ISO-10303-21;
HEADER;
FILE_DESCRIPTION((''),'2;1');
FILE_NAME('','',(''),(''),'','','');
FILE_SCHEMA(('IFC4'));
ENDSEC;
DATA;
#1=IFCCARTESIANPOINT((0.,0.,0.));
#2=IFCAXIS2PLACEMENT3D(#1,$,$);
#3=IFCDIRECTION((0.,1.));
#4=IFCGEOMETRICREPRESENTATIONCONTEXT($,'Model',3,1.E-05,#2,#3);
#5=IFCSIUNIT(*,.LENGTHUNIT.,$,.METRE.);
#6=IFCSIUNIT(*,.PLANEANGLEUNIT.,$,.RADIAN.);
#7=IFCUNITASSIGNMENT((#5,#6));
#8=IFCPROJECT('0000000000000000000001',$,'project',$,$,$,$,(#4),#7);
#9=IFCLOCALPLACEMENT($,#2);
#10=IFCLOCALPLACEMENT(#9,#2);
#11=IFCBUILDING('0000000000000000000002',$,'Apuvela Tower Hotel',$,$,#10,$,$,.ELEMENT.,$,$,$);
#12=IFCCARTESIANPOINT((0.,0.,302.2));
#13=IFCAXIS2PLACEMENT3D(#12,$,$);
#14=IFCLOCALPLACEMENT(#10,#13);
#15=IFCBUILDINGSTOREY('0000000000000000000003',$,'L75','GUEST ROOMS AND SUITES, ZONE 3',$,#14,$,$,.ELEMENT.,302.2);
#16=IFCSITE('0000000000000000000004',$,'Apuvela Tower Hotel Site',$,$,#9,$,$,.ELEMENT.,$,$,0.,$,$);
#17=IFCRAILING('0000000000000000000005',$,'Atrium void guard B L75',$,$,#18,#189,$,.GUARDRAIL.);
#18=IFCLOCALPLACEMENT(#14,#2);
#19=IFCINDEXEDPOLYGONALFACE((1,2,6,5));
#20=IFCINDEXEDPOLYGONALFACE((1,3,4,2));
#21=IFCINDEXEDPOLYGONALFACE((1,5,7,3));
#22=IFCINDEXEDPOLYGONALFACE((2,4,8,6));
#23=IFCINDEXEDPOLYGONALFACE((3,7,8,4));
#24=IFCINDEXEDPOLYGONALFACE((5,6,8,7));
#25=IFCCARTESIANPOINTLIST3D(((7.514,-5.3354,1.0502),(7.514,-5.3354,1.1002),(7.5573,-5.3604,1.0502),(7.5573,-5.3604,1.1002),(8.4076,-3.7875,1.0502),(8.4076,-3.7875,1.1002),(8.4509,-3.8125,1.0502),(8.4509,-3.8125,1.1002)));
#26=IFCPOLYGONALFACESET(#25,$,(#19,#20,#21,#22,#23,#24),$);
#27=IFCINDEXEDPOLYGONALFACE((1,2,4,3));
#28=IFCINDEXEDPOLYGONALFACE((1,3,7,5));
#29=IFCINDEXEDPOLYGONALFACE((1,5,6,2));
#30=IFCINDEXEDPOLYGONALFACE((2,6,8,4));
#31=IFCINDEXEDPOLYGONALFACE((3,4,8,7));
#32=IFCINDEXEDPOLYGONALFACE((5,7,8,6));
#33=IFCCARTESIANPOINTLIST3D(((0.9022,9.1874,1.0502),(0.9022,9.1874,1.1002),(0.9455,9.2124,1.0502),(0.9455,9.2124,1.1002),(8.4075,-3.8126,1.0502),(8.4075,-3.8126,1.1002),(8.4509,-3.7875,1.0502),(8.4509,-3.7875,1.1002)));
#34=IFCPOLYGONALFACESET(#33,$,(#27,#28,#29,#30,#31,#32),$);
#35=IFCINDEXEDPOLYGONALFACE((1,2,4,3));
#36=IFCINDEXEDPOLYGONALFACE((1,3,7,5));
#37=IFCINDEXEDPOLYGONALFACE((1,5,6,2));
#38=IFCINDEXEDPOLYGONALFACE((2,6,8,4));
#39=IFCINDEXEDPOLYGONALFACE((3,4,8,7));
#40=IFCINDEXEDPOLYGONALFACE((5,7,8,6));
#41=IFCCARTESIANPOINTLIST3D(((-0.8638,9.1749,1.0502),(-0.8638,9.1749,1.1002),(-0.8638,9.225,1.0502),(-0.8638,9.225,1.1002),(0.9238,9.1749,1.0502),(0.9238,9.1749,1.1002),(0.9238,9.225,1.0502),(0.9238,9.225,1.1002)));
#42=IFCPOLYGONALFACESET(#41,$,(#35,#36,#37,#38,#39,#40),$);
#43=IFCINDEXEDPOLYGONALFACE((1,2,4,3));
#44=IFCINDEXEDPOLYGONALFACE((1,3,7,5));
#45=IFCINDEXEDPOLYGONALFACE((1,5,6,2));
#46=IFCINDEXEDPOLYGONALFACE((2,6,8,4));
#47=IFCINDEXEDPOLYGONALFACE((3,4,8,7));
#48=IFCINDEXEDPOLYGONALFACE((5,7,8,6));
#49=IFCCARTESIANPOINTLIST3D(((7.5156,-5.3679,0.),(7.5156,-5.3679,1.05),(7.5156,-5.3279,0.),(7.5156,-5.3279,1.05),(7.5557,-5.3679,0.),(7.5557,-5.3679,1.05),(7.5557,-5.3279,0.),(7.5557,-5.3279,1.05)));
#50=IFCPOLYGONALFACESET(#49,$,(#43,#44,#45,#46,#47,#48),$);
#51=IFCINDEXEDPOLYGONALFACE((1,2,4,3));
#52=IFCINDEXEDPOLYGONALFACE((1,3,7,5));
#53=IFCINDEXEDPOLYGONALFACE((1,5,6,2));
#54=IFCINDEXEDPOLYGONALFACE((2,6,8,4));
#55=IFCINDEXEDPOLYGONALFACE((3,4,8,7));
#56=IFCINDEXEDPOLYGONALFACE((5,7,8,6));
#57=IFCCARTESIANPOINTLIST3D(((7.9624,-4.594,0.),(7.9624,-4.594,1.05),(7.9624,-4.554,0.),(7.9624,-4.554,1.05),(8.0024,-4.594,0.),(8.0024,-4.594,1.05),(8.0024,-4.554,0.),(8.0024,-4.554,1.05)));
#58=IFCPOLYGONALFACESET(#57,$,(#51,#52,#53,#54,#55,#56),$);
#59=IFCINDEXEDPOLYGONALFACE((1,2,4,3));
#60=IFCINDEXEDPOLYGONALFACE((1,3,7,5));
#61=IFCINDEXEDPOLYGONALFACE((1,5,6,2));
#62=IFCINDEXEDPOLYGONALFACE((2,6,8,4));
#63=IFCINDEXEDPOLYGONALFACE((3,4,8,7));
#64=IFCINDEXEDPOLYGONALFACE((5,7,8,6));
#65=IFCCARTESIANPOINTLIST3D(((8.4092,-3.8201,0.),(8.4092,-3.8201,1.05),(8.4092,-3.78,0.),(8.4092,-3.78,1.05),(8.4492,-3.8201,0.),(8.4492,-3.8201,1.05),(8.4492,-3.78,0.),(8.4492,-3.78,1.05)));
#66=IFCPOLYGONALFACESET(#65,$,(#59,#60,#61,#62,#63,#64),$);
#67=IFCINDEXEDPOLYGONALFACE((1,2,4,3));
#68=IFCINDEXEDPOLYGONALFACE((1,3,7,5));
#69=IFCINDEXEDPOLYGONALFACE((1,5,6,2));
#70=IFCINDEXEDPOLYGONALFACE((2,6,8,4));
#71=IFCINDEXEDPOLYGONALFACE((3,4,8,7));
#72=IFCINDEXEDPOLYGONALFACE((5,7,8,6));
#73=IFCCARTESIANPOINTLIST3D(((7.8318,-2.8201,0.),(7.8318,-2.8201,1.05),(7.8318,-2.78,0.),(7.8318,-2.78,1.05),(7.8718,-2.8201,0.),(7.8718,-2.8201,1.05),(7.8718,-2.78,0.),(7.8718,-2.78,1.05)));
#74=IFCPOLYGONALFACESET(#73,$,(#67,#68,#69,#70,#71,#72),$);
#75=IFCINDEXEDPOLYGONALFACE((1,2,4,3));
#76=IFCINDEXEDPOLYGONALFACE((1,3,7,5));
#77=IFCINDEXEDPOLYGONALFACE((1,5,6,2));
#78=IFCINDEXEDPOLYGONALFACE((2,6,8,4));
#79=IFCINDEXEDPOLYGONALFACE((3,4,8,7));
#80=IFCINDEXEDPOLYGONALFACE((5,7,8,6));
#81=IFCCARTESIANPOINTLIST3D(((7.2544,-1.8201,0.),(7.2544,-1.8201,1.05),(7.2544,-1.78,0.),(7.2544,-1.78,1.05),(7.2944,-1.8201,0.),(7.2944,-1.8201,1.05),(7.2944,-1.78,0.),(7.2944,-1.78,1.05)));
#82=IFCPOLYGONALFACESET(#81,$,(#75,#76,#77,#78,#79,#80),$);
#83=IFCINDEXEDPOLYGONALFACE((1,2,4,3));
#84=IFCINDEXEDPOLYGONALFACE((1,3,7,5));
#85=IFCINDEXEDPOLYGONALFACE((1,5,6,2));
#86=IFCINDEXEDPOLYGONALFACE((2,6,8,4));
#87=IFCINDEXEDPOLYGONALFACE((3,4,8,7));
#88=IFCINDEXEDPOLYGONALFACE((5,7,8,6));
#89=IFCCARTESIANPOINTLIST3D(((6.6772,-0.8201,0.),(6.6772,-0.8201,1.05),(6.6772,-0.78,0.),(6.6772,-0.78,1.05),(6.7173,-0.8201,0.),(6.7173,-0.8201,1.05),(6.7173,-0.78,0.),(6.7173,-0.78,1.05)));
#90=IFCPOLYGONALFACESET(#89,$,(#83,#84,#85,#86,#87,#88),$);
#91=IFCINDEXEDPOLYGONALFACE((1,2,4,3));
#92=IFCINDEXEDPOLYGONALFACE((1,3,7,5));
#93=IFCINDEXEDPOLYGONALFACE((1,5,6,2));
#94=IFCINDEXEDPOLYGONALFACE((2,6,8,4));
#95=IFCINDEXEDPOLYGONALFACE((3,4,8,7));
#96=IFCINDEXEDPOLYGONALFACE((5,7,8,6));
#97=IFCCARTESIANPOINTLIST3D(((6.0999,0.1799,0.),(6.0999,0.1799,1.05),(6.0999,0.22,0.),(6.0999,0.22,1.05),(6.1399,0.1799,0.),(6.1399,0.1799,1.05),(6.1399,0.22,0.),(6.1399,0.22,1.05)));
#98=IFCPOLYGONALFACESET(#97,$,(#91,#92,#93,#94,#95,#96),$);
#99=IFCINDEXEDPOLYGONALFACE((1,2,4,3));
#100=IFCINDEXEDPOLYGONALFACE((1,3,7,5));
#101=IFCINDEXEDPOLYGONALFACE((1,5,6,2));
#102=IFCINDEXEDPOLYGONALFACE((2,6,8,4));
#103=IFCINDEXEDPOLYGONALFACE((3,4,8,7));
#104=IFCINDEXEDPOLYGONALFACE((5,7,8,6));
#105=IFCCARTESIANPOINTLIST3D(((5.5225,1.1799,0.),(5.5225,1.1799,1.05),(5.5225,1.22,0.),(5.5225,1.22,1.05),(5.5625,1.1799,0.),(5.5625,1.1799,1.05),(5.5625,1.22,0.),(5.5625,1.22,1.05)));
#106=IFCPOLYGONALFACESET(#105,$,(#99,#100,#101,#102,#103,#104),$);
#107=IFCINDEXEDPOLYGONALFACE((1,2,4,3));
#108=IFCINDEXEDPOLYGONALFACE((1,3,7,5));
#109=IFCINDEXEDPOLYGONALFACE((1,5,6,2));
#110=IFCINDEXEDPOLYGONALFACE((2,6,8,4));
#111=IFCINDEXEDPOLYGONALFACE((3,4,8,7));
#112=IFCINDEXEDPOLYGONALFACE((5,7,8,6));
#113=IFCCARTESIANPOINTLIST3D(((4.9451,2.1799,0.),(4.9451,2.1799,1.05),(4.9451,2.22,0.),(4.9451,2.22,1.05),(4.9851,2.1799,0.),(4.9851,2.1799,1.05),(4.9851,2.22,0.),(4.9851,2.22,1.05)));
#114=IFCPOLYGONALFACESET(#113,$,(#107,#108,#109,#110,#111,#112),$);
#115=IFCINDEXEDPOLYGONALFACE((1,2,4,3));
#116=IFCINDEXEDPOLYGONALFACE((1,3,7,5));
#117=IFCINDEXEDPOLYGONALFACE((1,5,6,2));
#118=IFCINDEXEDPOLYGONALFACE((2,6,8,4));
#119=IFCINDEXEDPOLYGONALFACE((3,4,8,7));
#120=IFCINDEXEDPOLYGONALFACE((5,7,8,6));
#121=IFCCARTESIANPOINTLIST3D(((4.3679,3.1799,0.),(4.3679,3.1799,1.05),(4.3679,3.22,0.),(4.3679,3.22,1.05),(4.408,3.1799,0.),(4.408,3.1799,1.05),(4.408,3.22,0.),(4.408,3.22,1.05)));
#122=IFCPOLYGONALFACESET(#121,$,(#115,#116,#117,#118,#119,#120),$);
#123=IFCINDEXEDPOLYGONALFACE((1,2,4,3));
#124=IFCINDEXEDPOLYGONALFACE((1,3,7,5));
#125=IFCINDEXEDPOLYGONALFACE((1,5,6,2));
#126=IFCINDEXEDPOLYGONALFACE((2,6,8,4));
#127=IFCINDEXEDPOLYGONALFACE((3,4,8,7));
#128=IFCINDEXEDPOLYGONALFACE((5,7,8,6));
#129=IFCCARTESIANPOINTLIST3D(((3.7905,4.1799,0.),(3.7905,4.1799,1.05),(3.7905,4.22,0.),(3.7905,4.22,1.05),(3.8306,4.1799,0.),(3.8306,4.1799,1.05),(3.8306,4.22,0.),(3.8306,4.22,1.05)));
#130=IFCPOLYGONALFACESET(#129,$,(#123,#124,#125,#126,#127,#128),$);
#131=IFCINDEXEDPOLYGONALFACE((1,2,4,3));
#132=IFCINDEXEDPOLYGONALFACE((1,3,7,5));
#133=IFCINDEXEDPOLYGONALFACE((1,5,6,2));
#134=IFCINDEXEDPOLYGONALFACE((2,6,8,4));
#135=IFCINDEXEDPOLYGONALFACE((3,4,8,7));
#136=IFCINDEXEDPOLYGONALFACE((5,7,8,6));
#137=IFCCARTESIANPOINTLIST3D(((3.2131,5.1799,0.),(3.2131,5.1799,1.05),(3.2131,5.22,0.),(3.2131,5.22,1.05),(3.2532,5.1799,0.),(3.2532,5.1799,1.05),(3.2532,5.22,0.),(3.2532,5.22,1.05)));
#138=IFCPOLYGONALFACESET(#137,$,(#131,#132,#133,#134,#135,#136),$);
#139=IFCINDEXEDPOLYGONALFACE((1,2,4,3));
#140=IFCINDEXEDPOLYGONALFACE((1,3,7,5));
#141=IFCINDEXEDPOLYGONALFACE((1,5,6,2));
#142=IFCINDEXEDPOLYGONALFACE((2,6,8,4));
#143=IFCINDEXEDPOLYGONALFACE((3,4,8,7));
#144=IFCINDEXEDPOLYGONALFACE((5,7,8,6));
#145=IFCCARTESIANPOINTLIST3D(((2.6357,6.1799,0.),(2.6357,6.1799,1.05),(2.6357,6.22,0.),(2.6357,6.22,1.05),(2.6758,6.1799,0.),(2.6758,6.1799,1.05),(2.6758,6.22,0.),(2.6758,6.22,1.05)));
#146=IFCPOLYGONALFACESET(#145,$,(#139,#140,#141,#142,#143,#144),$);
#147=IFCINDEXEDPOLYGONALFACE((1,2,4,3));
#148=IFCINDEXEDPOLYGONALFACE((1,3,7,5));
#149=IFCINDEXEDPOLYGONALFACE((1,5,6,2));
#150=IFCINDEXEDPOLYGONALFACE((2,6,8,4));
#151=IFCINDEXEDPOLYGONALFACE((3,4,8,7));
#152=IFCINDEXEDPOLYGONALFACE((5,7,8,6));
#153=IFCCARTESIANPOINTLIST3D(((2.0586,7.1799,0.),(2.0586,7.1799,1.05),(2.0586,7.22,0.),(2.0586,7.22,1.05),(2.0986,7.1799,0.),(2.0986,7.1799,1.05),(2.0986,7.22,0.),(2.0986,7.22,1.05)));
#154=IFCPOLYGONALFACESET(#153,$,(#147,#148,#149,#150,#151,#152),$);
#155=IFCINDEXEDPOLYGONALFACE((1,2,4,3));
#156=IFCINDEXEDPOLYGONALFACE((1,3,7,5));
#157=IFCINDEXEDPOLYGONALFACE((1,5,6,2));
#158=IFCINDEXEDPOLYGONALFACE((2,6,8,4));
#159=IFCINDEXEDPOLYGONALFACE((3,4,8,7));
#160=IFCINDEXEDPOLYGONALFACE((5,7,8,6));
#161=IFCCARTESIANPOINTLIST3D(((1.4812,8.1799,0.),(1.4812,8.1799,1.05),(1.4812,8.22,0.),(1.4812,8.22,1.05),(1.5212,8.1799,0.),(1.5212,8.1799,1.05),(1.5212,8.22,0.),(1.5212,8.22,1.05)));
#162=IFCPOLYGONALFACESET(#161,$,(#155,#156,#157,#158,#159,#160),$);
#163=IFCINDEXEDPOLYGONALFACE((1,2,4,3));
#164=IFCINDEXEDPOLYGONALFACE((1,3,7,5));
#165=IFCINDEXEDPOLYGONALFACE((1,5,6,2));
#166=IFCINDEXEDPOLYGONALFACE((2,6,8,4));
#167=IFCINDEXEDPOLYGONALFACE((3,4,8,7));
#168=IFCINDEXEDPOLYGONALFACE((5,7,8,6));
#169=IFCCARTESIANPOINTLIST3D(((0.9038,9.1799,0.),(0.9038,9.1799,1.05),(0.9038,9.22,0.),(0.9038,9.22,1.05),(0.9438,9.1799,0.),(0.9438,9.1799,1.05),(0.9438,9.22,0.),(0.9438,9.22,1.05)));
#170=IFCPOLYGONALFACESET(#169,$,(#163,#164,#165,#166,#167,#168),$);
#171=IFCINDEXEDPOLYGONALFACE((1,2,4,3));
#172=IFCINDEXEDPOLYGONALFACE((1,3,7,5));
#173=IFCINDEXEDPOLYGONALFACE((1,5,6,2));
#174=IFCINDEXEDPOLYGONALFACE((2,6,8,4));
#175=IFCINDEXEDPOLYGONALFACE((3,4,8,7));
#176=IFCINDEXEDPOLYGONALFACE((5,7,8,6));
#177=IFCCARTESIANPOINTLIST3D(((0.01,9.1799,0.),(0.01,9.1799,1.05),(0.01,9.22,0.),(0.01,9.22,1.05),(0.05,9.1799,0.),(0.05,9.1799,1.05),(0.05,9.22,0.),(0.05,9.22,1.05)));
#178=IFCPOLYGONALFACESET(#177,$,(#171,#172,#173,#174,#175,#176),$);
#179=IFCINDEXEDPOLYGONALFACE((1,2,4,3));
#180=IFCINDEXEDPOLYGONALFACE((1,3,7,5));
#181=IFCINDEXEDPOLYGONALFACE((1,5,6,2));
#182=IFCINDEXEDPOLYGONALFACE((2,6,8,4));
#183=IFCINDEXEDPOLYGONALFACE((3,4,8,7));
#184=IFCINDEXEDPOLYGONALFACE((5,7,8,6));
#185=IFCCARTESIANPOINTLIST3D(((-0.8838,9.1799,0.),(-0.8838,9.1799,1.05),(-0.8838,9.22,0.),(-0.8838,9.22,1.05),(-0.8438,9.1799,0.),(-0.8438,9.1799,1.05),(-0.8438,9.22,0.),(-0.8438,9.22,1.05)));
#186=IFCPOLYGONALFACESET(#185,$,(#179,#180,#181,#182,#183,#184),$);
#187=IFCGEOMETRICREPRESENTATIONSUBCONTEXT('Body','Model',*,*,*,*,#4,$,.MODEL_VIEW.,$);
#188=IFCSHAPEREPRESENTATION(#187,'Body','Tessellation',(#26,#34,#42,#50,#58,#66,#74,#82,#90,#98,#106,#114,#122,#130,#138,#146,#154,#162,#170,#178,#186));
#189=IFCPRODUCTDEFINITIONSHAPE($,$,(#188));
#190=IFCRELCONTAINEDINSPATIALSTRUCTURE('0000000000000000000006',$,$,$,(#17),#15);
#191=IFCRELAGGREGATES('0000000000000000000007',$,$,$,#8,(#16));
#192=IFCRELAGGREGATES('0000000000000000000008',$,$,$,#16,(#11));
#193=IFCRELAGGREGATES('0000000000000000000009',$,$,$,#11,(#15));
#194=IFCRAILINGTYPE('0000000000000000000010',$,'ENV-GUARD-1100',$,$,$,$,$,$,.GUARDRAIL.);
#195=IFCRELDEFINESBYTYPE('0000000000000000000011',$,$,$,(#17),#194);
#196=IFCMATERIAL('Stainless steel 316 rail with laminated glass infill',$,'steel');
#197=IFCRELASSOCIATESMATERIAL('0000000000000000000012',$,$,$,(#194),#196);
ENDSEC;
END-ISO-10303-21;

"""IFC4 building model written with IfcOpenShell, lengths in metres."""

from ifc_helpers import new_model, si_unit, direction, frame, origin, origin_2d, place, context, subcontext, project, spatial, rectangle, extrude, material, type_object, element, save


model = new_model("IFC4")

# Units and contexts
model_context = context("Model", 3, precision=1e-05, world=origin(), true_north=direction((0.0, 1.0)))
body_context = subcontext(model_context, "Body", "Model", "MODEL_VIEW")
ifc_project = project(units=[si_unit("LENGTHUNIT", "METRE"), si_unit("PLANEANGLEUNIT", "RADIAN")], contexts=[model_context])

# Site, building, storey
site_placement = place(None, origin())
site = spatial("IfcSite", under=ifc_project, at=site_placement, Name="Apuvela Tower Hotel Site", CompositionType="ELEMENT", RefElevation=0.0)
building_placement = place(site_placement, origin())
building = spatial("IfcBuilding", under=site, at=building_placement, Name="Apuvela Tower Hotel", CompositionType="ELEMENT")
storey_placement = place(building_placement, frame((0.0, 0.0, 302.2)))
storey = spatial("IfcBuildingStorey", under=building, at=storey_placement, Name="L75", Description="GUEST ROOMS AND SUITES, ZONE 3", CompositionType="ELEMENT", Elevation=302.2)

# Railing
ifc_material_1 = material(Name="Stainless steel 316 rail with laminated glass infill", Category="steel")
railing_type_1 = type_object("IfcRailingType", Name="ENV-GUARD-1100", PredefinedType="GUARDRAIL", material=ifc_material_1)
railing_1_placement = place(storey_placement, frame((7.5356, -5.3479, 0.0)))
element("IfcRailing", 1, at=railing_1_placement, inside=storey, type_object=railing_type_1, Name="Atrium void guard B L75", PredefinedType="GUARDRAIL", context=body_context, shape_type="SweptSolid", body=[
    extrude(rectangle(XDim=0.05, YDim=0.05, at=origin_2d()), frame((0.0, 0.0, 1.0752), z_axis=(0.499959, 0.866049, 0.0), x_axis=(-0.866049, 0.499959, 0.0)), (0.0, 0.0, 1.0), 1.7874),
    extrude(rectangle(XDim=0.05, YDim=0.05, at=origin_2d()), frame((0.8936, 1.5479, 1.0752), z_axis=(-0.499991, 0.866031, 0.0), x_axis=(-0.866031, -0.499991, 0.0)), (0.0, 0.0, 1.0), 15.011),
    extrude(rectangle(XDim=0.05, YDim=0.05, at=origin_2d()), frame((-6.6118, 14.5479, 1.0752), z_axis=(-1.0, 0.0, 0.0), x_axis=(0.0, -1.0, 0.0)), (0.0, 0.0, 1.0), 1.7876),
    extrude(rectangle(XDim=0.04, YDim=0.04, at=origin_2d()), origin(), (0.0, 0.0, 1.0), 1.05),
    extrude(rectangle(XDim=0.04, YDim=0.04, at=origin_2d()), frame((0.4468, 0.7739, 0.0)), (0.0, 0.0, 1.0), 1.05),
    extrude(rectangle(XDim=0.04, YDim=0.04, at=origin_2d()), frame((0.8936, 1.5479, 0.0)), (0.0, 0.0, 1.0), 1.05),
    extrude(rectangle(XDim=0.04, YDim=0.04, at=origin_2d()), frame((0.3162, 2.5479, 0.0)), (0.0, 0.0, 1.0), 1.05),
    extrude(rectangle(XDim=0.04, YDim=0.04, at=origin_2d()), frame((-0.2612, 3.5479, 0.0)), (0.0, 0.0, 1.0), 1.05),
    extrude(rectangle(XDim=0.04, YDim=0.04, at=origin_2d()), frame((-0.8384, 4.5479, 0.0)), (0.0, 0.0, 1.0), 1.05),
    extrude(rectangle(XDim=0.04, YDim=0.04, at=origin_2d()), frame((-1.4158, 5.5479, 0.0)), (0.0, 0.0, 1.0), 1.05),
    extrude(rectangle(XDim=0.04, YDim=0.04, at=origin_2d()), frame((-1.9932, 6.5479, 0.0)), (0.0, 0.0, 1.0), 1.05),
    extrude(rectangle(XDim=0.04, YDim=0.04, at=origin_2d()), frame((-2.5706, 7.5479, 0.0)), (0.0, 0.0, 1.0), 1.05),
    extrude(rectangle(XDim=0.04, YDim=0.04, at=origin_2d()), frame((-3.1477, 8.5479, 0.0)), (0.0, 0.0, 1.0), 1.05),
    extrude(rectangle(XDim=0.04, YDim=0.04, at=origin_2d()), frame((-3.7251, 9.5479, 0.0)), (0.0, 0.0, 1.0), 1.05),
    extrude(rectangle(XDim=0.04, YDim=0.04, at=origin_2d()), frame((-4.3025, 10.5479, 0.0)), (0.0, 0.0, 1.0), 1.05),
    extrude(rectangle(XDim=0.04, YDim=0.04, at=origin_2d()), frame((-4.8799, 11.5479, 0.0)), (0.0, 0.0, 1.0), 1.05),
    extrude(rectangle(XDim=0.04, YDim=0.04, at=origin_2d()), frame((-5.457, 12.5479, 0.0)), (0.0, 0.0, 1.0), 1.05),
    extrude(rectangle(XDim=0.04, YDim=0.04, at=origin_2d()), frame((-6.0344, 13.5479, 0.0)), (0.0, 0.0, 1.0), 1.05),
    extrude(rectangle(XDim=0.04, YDim=0.04, at=origin_2d()), frame((-6.6118, 14.5479, 0.0)), (0.0, 0.0, 1.0), 1.05),
    extrude(rectangle(XDim=0.04, YDim=0.04, at=origin_2d()), frame((-7.5056, 14.5479, 0.0)), (0.0, 0.0, 1.0), 1.05),
    extrude(rectangle(XDim=0.04, YDim=0.04, at=origin_2d()), frame((-8.3994, 14.5479, 0.0)), (0.0, 0.0, 1.0), 1.05),
])

save(model, "model.ifc")
